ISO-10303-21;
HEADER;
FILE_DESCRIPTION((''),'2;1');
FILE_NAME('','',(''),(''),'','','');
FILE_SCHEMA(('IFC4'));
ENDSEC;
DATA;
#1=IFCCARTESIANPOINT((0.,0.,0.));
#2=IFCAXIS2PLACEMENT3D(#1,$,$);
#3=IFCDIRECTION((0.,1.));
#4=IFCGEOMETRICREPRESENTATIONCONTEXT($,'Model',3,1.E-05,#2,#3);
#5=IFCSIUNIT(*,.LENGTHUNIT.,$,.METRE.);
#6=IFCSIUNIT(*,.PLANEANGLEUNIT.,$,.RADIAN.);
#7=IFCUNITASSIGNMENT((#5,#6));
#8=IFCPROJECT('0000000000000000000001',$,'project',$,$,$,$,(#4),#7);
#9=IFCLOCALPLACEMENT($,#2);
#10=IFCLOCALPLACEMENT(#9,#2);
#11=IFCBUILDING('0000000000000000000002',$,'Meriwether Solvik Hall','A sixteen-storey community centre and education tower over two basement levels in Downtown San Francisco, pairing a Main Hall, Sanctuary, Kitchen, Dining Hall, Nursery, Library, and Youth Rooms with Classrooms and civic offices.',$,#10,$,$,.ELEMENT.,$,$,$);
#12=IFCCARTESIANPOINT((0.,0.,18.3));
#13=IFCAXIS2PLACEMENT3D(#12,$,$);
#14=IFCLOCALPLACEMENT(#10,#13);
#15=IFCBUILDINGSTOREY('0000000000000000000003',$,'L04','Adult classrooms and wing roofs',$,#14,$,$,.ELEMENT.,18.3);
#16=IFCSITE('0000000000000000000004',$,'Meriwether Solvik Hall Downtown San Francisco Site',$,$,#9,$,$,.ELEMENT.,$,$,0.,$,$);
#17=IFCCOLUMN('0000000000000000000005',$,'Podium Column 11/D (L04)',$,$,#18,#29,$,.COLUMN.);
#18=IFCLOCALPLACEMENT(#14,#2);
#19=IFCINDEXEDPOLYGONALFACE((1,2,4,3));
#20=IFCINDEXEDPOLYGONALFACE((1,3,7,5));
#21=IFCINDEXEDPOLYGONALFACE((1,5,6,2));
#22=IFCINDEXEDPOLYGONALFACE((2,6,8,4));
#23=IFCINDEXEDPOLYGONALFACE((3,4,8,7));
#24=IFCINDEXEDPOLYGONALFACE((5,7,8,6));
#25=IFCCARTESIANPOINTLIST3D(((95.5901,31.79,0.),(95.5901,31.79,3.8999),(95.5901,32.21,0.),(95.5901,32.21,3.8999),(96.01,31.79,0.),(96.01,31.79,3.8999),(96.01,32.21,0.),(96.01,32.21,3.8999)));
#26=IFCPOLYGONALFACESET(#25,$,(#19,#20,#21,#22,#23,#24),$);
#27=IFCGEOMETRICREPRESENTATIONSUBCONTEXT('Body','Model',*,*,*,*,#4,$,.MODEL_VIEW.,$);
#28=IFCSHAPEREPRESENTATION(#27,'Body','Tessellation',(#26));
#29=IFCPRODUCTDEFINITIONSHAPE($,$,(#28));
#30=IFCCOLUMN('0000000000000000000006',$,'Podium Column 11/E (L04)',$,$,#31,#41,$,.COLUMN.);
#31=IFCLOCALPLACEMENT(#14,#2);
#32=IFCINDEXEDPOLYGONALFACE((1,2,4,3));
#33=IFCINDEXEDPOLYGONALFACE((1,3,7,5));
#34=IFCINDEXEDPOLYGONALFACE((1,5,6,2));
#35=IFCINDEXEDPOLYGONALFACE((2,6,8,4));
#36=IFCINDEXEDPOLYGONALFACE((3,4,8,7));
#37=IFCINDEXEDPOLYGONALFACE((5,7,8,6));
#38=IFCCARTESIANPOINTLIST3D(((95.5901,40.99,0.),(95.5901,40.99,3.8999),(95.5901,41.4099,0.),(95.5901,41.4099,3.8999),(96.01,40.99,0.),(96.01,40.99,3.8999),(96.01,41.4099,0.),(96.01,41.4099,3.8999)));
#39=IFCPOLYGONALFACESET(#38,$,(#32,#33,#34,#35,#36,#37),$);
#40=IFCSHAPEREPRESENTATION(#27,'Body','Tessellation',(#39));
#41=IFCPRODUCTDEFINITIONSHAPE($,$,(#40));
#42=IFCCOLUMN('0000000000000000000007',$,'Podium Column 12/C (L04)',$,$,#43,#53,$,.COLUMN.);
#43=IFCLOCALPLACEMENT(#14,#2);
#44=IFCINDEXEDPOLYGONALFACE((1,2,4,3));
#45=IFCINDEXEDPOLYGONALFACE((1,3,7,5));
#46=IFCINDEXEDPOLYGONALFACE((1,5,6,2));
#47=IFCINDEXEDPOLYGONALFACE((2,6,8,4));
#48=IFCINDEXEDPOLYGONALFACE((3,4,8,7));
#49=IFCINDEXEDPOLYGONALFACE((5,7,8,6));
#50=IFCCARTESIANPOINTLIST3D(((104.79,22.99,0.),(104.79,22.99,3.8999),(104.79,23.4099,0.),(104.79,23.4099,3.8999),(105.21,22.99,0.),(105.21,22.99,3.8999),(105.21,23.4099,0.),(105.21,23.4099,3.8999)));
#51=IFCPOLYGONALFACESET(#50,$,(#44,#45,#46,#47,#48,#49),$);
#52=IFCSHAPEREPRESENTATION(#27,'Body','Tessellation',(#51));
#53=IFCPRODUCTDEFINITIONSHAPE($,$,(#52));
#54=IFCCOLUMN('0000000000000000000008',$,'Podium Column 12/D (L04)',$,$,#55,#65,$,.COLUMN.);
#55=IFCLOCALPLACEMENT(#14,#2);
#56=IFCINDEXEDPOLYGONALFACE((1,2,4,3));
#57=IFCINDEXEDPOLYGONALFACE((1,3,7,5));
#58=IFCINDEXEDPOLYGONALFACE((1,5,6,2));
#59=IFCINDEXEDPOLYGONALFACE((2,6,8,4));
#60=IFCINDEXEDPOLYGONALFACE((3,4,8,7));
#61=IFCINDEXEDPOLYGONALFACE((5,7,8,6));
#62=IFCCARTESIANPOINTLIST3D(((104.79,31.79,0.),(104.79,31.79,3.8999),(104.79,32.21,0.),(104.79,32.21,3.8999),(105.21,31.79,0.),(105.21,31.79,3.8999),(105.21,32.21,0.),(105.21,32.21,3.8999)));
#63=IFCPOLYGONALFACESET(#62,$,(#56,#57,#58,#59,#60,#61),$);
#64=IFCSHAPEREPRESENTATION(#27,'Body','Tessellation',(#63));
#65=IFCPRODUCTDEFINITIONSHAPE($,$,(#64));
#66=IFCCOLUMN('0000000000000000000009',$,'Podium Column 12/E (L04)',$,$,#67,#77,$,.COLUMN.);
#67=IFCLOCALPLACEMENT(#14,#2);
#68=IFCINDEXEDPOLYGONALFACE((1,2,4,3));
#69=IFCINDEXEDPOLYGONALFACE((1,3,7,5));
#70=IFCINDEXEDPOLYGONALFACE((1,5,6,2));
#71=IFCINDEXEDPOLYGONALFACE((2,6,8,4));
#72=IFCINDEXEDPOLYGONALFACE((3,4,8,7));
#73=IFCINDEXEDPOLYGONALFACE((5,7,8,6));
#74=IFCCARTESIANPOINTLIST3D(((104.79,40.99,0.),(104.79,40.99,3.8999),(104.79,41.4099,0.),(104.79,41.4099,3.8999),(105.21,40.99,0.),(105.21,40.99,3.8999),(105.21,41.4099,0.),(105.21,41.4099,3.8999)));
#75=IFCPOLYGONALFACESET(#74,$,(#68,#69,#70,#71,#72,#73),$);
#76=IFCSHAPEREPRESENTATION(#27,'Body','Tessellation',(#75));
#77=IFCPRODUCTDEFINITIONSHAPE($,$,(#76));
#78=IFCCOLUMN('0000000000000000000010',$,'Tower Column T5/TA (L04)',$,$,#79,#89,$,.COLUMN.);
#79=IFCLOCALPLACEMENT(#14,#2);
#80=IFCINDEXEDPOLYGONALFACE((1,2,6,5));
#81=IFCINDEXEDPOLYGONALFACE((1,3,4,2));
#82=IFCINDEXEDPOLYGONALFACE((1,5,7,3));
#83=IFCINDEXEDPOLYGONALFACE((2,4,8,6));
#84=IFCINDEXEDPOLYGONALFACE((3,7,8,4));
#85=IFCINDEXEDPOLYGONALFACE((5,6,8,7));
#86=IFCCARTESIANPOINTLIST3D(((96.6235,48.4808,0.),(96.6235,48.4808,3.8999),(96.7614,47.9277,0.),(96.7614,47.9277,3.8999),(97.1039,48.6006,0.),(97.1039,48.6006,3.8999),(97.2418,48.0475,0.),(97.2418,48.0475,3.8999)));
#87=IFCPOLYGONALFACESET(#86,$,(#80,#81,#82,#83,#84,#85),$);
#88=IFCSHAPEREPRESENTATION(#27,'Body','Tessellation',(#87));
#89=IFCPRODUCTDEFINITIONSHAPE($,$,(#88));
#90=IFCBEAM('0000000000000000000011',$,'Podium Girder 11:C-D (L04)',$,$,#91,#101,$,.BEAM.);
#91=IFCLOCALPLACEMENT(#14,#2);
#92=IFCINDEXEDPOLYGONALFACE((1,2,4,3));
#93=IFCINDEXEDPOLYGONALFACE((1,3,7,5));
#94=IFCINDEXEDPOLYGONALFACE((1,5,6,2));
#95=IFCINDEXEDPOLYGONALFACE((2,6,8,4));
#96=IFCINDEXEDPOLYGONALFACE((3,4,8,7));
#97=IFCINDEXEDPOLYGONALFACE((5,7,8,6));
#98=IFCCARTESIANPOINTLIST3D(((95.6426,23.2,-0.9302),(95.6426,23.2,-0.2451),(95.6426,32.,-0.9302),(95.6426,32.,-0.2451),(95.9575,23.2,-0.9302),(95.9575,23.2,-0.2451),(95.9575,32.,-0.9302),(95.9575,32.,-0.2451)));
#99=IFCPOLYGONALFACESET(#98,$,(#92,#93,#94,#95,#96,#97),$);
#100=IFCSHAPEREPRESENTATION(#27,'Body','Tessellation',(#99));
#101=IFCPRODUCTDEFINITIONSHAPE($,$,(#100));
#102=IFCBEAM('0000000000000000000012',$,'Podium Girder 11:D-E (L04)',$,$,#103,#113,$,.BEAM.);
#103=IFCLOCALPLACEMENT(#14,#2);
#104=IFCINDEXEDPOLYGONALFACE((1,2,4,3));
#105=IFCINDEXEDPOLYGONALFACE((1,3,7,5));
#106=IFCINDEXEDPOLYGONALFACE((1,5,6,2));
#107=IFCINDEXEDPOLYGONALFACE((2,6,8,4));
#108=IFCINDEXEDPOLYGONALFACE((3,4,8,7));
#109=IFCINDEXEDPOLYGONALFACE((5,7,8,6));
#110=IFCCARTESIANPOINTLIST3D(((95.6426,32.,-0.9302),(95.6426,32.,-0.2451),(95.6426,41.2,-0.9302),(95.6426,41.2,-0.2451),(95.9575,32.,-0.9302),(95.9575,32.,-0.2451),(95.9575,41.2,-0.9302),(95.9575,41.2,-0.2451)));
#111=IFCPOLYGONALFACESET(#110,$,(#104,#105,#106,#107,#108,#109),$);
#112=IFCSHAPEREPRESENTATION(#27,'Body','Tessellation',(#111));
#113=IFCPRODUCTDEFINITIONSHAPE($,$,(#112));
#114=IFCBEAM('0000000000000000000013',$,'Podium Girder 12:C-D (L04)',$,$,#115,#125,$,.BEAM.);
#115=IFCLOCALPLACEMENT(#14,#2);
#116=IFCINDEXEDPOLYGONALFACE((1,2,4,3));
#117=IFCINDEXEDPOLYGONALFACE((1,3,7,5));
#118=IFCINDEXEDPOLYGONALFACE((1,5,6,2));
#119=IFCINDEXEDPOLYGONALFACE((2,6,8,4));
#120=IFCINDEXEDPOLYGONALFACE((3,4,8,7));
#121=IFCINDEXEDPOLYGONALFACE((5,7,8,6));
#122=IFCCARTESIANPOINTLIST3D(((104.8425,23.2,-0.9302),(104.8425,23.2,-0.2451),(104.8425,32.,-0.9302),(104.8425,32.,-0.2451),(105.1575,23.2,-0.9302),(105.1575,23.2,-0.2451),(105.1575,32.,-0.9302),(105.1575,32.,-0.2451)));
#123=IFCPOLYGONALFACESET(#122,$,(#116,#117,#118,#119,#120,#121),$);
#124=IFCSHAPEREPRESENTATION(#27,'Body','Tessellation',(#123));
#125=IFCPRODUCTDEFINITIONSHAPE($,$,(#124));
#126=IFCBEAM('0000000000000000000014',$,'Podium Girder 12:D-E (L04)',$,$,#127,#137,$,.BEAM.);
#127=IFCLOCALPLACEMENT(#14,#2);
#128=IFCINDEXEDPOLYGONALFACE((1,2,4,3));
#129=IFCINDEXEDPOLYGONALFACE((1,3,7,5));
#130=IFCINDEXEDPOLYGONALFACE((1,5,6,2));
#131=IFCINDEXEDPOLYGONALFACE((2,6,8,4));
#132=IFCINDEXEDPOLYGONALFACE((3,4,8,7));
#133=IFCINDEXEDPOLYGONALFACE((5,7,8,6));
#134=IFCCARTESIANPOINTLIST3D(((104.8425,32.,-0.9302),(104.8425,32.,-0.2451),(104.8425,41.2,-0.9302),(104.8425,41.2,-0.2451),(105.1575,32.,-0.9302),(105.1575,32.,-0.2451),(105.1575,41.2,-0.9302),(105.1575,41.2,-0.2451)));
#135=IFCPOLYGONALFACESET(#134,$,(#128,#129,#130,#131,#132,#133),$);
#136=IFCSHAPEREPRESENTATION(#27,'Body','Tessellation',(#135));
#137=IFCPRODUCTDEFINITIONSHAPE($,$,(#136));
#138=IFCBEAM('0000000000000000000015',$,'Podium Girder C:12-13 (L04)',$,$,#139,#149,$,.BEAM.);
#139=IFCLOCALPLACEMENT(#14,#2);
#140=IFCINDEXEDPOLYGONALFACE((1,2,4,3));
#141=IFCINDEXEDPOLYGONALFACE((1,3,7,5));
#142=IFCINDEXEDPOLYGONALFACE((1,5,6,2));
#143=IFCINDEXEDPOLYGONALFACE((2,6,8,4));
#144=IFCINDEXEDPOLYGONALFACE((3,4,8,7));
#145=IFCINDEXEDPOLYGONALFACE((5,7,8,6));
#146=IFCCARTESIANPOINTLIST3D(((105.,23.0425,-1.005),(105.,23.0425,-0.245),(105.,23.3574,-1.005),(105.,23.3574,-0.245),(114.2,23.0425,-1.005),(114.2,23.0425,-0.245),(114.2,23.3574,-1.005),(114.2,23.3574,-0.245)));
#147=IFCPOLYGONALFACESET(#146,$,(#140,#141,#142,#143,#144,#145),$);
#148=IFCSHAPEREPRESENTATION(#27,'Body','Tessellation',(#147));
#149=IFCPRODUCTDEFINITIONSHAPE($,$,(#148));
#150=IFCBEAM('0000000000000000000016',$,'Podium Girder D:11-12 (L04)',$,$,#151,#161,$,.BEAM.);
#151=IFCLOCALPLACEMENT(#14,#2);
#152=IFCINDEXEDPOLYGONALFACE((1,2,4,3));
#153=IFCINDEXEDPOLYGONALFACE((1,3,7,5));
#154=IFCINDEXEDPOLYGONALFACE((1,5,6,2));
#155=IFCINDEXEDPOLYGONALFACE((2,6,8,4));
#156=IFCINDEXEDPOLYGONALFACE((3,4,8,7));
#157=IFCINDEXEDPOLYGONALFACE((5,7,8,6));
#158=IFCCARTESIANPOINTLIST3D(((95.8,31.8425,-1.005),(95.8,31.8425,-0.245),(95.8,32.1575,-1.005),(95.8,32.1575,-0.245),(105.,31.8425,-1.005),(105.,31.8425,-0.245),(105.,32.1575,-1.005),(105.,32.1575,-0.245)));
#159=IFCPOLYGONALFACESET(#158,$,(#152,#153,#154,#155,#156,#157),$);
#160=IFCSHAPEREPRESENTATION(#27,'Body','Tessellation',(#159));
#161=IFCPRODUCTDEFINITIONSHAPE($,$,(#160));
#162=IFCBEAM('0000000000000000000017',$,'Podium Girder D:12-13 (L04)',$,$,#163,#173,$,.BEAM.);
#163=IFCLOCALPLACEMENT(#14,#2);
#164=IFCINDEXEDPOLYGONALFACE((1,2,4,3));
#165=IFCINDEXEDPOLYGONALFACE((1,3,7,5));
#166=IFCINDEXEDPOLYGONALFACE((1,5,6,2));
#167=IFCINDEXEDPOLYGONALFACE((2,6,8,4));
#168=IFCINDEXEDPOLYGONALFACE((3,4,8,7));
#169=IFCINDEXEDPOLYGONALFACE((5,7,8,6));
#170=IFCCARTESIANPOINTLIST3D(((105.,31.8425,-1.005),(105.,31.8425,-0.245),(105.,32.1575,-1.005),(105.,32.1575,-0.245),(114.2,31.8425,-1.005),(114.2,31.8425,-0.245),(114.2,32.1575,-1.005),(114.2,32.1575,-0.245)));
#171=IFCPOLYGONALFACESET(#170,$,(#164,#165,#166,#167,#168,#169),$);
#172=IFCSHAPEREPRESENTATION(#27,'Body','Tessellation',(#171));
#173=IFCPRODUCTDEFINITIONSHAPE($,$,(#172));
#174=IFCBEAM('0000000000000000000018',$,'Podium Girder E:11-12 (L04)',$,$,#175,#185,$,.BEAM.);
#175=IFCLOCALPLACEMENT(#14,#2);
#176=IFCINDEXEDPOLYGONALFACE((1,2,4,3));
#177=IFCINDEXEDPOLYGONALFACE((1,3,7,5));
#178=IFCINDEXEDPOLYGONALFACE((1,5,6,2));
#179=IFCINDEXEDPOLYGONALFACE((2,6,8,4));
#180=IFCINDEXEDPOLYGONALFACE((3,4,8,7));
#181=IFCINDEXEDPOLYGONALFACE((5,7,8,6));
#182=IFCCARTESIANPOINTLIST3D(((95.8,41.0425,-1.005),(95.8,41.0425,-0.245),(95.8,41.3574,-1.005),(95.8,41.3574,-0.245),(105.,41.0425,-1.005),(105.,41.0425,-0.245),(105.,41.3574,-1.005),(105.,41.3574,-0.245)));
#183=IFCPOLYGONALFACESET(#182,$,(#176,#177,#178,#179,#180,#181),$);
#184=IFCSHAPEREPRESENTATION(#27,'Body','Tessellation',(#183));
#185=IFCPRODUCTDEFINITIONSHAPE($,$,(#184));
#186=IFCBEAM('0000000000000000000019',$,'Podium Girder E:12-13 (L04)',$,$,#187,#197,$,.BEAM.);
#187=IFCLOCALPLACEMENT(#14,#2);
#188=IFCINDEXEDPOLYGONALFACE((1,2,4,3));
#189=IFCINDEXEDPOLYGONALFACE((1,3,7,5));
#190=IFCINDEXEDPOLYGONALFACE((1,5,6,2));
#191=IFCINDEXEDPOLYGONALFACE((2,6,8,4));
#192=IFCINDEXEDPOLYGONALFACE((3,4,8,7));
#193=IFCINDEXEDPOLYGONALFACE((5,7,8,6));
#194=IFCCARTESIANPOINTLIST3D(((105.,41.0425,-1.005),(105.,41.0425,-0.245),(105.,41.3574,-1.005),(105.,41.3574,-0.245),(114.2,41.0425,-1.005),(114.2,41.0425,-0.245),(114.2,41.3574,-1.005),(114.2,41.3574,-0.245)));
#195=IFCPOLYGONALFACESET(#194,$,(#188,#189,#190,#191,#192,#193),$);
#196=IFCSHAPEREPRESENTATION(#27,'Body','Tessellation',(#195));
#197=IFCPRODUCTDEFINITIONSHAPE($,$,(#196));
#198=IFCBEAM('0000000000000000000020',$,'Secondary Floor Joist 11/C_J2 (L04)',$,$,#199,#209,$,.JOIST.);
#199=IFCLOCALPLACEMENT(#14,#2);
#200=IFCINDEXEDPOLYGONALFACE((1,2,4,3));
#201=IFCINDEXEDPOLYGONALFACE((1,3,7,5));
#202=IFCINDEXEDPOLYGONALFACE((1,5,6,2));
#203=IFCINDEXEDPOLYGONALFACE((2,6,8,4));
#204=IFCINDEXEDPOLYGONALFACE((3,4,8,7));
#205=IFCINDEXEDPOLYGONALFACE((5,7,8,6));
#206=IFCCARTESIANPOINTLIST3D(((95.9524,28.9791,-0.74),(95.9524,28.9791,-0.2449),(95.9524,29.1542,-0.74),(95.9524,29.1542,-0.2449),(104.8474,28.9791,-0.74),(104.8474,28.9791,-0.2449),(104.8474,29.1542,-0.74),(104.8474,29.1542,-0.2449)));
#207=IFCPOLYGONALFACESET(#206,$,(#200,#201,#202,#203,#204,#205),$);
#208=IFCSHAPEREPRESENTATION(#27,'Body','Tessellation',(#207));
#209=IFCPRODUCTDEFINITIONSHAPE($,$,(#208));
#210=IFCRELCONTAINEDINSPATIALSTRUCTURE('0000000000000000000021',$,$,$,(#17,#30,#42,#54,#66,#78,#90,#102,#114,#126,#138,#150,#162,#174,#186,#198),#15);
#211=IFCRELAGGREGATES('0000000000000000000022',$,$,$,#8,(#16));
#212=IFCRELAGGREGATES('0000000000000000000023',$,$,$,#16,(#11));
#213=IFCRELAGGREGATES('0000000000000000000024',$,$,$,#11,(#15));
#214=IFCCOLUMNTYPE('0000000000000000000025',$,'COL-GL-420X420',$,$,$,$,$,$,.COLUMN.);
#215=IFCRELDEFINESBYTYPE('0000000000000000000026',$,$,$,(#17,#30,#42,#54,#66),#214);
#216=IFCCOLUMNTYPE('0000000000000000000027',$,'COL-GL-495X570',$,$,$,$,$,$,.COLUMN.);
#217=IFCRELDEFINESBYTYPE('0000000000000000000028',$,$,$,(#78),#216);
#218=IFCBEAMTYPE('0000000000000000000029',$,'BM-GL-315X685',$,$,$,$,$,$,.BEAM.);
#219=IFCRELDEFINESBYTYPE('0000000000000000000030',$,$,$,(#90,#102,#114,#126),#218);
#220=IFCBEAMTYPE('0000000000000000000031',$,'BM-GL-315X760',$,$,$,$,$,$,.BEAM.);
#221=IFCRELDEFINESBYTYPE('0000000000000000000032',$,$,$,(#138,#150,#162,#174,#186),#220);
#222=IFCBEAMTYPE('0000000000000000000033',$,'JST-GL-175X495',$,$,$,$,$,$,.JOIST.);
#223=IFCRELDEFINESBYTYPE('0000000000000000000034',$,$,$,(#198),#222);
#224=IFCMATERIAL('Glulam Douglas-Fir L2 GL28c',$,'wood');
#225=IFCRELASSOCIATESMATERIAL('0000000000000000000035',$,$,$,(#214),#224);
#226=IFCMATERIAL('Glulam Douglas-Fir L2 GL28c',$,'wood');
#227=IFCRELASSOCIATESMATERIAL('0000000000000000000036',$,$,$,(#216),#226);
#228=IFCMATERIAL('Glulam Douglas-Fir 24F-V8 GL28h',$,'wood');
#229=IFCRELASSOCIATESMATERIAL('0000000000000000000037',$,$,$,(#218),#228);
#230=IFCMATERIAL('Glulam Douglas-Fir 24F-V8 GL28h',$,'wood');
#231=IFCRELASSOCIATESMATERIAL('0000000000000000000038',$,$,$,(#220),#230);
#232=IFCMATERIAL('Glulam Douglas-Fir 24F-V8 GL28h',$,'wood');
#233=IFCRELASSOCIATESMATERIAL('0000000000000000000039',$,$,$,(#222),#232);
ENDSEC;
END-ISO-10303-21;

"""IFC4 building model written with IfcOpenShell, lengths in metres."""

from ifc_helpers import new_model, si_unit, direction, frame, origin, origin_2d, place, context, subcontext, project, spatial, rectangle, extrude, material, material_profile, profile_set, type_object, element, save


model = new_model("IFC4")

# Units and contexts
model_context = context("Model", 3, precision=1e-05, world=origin(), true_north=direction((0.0, 1.0)))
body_context = subcontext(model_context, "Body", "Model", "MODEL_VIEW")
ifc_project = project(units=[si_unit("LENGTHUNIT", "METRE"), si_unit("PLANEANGLEUNIT", "RADIAN")], contexts=[model_context])

# Site, building, storey
site_placement = place(None, origin())
site = spatial("IfcSite", under=ifc_project, at=site_placement, Name="Meriwether Solvik Hall Downtown San Francisco Site", CompositionType="ELEMENT", RefElevation=0.0)
building_placement = place(site_placement, origin())
building = spatial("IfcBuilding", under=site, at=building_placement, Name="Meriwether Solvik Hall", Description="A sixteen-storey community centre and education tower over two basement levels in Downtown San Francisco, pairing a Main Hall, Sanctuary, Kitchen, Dining Hall, Nursery, Library, and Youth Rooms with Classrooms and civic offices.", CompositionType="ELEMENT")
storey_placement = place(building_placement, frame((0.0, 0.0, 18.3)))
storey = spatial("IfcBuildingStorey", under=building, at=storey_placement, Name="L04", Description="Adult classrooms and wing roofs", CompositionType="ELEMENT", Elevation=18.3)

# Columns
ifc_material_1 = material(Name="Glulam Douglas-Fir L2 GL28c", Category="wood")
ifc_material_profile_1 = material_profile(ifc_material_1, rectangle(XDim=0.4199, YDim=0.4199, at=origin_2d()), Name="GLC-420X420")
ifc_profile_set_1 = profile_set([ifc_material_profile_1], Name="Glulam Douglas-Fir L2 GL28c")
column_type_1 = type_object("IfcColumnType", Name="COL-GL-420X420", PredefinedType="COLUMN", material=ifc_profile_set_1)
for number, where, z_axis, x_axis, name in (
    (1, (95.8, 32.0, 0.0), (0.0, 0.0, 1.0), (1.0, 0.0, 0.0), "Podium Column 11/D (L04)"),
    (2, (95.8, 41.2, 0.0), (0.0, 0.0, 1.0), (1.0, 0.0, 0.0), "Podium Column 11/E (L04)"),
    (3, (105.0, 23.2, 0.0), (0.0, 0.0, 1.0), (1.0, 0.0, 0.0), "Podium Column 12/C (L04)"),
    (4, (105.0, 32.0, 0.0), (0.0, 0.0, 1.0), (1.0, 0.0, 0.0), "Podium Column 12/D (L04)"),
    (5, (105.0, 41.2, 0.0), (0.0, 0.0, 1.0), (1.0, 0.0, 0.0), "Podium Column 12/E (L04)"),
):
    element("IfcColumn", number, at=place(storey_placement, frame(where, z_axis=z_axis, x_axis=x_axis)), inside=storey, type_object=column_type_1, Name=name, PredefinedType="COLUMN", context=body_context, shape_type="SweptSolid", body=[
        extrude(rectangle(XDim=0.4199, YDim=0.4199, at=origin_2d()), origin(), (0.0, 0.0, 1.0), 3.8999),
    ])
ifc_material_2 = material(Name="Glulam Douglas-Fir L2 GL28c", Category="wood")
ifc_material_profile_2 = material_profile(ifc_material_2, rectangle(XDim=0.4951, YDim=0.5701, at=origin_2d()), Name="GLC-495X570")
ifc_profile_set_2 = profile_set([ifc_material_profile_2], Name="Glulam Douglas-Fir L2 GL28c")
column_type_2 = type_object("IfcColumnType", Name="COL-GL-495X570", PredefinedType="COLUMN", material=ifc_profile_set_2)
column_placement = place(storey_placement, frame((96.9326, 48.2642, 0.0), z_axis=(0.0, 0.0, 1.0), x_axis=(0.970296, 0.241922, 0.0)))
element("IfcColumn", 6, at=column_placement, inside=storey, type_object=column_type_2, Name="Tower Column T5/TA (L04)", PredefinedType="COLUMN", context=body_context, shape_type="SweptSolid", body=[
    extrude(rectangle(XDim=0.4951, YDim=0.5701, at=origin_2d()), origin(), (0.0, 0.0, 1.0), 3.8999),
])

# Beams
ifc_material_3 = material(Name="Glulam Douglas-Fir 24F-V8 GL28h", Category="wood")
ifc_material_profile_3 = material_profile(ifc_material_3, rectangle(XDim=0.3149, YDim=0.6851, at=origin_2d()), Name="GLB-315X685")
ifc_profile_set_3 = profile_set([ifc_material_profile_3], Name="Glulam Douglas-Fir 24F-V8 GL28h")
beam_type_1 = type_object("IfcBeamType", Name="BM-GL-315X685", PredefinedType="BEAM", material=ifc_profile_set_3)
beam_1_placement = place(storey_placement, frame((95.8, 23.2, -0.5876), z_axis=(0.0, 1.0, 0.0), x_axis=(-1.0, 0.0, 0.0)))
element("IfcBeam", 7, at=beam_1_placement, inside=storey, type_object=beam_type_1, Name="Podium Girder 11:C-D (L04)", PredefinedType="BEAM", context=body_context, shape_type="SweptSolid", body=[
    extrude(rectangle(XDim=0.3149, YDim=0.6851, at=origin_2d()), origin(), (0.0, 0.0, 1.0), 8.8),
])
beam_2_placement = place(storey_placement, frame((95.8, 32.0, -0.5876), z_axis=(0.0, 1.0, 0.0), x_axis=(-1.0, 0.0, 0.0)))
element("IfcBeam", 8, at=beam_2_placement, inside=storey, type_object=beam_type_1, Name="Podium Girder 11:D-E (L04)", PredefinedType="BEAM", context=body_context, shape_type="SweptSolid", body=[
    extrude(rectangle(XDim=0.3149, YDim=0.6851, at=origin_2d()), origin(), (0.0, 0.0, 1.0), 9.2),
])
beam_3_placement = place(storey_placement, frame((105.0, 23.2, -0.5876), z_axis=(0.0, 1.0, 0.0), x_axis=(-1.0, 0.0, 0.0)))
element("IfcBeam", 9, at=beam_3_placement, inside=storey, type_object=beam_type_1, Name="Podium Girder 12:C-D (L04)", PredefinedType="BEAM", context=body_context, shape_type="SweptSolid", body=[
    extrude(rectangle(XDim=0.3149, YDim=0.6851, at=origin_2d()), origin(), (0.0, 0.0, 1.0), 8.8),
])
beam_4_placement = place(storey_placement, frame((105.0, 32.0, -0.5876), z_axis=(0.0, 1.0, 0.0), x_axis=(-1.0, 0.0, 0.0)))
element("IfcBeam", 10, at=beam_4_placement, inside=storey, type_object=beam_type_1, Name="Podium Girder 12:D-E (L04)", PredefinedType="BEAM", context=body_context, shape_type="SweptSolid", body=[
    extrude(rectangle(XDim=0.3149, YDim=0.6851, at=origin_2d()), origin(), (0.0, 0.0, 1.0), 9.2),
])
ifc_material_4 = material(Name="Glulam Douglas-Fir 24F-V8 GL28h", Category="wood")
ifc_material_profile_4 = material_profile(ifc_material_4, rectangle(XDim=0.3149, YDim=0.76, at=origin_2d()), Name="GLB-315X760")
ifc_profile_set_4 = profile_set([ifc_material_profile_4], Name="Glulam Douglas-Fir 24F-V8 GL28h")
beam_type_2 = type_object("IfcBeamType", Name="BM-GL-315X760", PredefinedType="BEAM", material=ifc_profile_set_4)
for number, where, z_axis, x_axis, name in (
    (11, (105.0, 23.2, -0.625), (1.0, 0.0, 0.0), (0.0, 1.0, 0.0), "Podium Girder C:12-13 (L04)"),
    (12, (95.8, 32.0, -0.625), (1.0, 0.0, 0.0), (0.0, 1.0, 0.0), "Podium Girder D:11-12 (L04)"),
    (13, (105.0, 32.0, -0.625), (1.0, 0.0, 0.0), (0.0, 1.0, 0.0), "Podium Girder D:12-13 (L04)"),
    (14, (95.8, 41.2, -0.625), (1.0, 0.0, 0.0), (0.0, 1.0, 0.0), "Podium Girder E:11-12 (L04)"),
    (15, (105.0, 41.2, -0.625), (1.0, 0.0, 0.0), (0.0, 1.0, 0.0), "Podium Girder E:12-13 (L04)"),
):
    element("IfcBeam", number, at=place(storey_placement, frame(where, z_axis=z_axis, x_axis=x_axis)), inside=storey, type_object=beam_type_2, Name=name, PredefinedType="BEAM", context=body_context, shape_type="SweptSolid", body=[
        extrude(rectangle(XDim=0.3149, YDim=0.76, at=origin_2d()), origin(), (0.0, 0.0, 1.0), 9.2),
    ])
ifc_material_5 = material(Name="Glulam Douglas-Fir 24F-V8 GL28h", Category="wood")
ifc_material_profile_5 = material_profile(ifc_material_5, rectangle(XDim=0.175, YDim=0.4951, at=origin_2d()), Name="GLJ-175X495")
ifc_profile_set_5 = profile_set([ifc_material_profile_5], Name="Glulam Douglas-Fir 24F-V8 GL28h")
beam_type_3 = type_object("IfcBeamType", Name="JST-GL-175X495", PredefinedType="JOIST", material=ifc_profile_set_5)
for number, where, z_axis, x_axis, name in (
    (16, (95.9524, 29.0667, -0.4924), (1.0, 0.0, 0.0), (0.0, 1.0, 0.0), "Secondary Floor Joist 11/C_J2 (L04)"),
):
    element("IfcBeam", number, at=place(storey_placement, frame(where, z_axis=z_axis, x_axis=x_axis)), inside=storey, type_object=beam_type_3, Name=name, PredefinedType="JOIST", context=body_context, shape_type="SweptSolid", body=[
        extrude(rectangle(XDim=0.175, YDim=0.4951, at=origin_2d()), origin(), (0.0, 0.0, 1.0), 8.895),
    ])

save(model, "model.ifc")
